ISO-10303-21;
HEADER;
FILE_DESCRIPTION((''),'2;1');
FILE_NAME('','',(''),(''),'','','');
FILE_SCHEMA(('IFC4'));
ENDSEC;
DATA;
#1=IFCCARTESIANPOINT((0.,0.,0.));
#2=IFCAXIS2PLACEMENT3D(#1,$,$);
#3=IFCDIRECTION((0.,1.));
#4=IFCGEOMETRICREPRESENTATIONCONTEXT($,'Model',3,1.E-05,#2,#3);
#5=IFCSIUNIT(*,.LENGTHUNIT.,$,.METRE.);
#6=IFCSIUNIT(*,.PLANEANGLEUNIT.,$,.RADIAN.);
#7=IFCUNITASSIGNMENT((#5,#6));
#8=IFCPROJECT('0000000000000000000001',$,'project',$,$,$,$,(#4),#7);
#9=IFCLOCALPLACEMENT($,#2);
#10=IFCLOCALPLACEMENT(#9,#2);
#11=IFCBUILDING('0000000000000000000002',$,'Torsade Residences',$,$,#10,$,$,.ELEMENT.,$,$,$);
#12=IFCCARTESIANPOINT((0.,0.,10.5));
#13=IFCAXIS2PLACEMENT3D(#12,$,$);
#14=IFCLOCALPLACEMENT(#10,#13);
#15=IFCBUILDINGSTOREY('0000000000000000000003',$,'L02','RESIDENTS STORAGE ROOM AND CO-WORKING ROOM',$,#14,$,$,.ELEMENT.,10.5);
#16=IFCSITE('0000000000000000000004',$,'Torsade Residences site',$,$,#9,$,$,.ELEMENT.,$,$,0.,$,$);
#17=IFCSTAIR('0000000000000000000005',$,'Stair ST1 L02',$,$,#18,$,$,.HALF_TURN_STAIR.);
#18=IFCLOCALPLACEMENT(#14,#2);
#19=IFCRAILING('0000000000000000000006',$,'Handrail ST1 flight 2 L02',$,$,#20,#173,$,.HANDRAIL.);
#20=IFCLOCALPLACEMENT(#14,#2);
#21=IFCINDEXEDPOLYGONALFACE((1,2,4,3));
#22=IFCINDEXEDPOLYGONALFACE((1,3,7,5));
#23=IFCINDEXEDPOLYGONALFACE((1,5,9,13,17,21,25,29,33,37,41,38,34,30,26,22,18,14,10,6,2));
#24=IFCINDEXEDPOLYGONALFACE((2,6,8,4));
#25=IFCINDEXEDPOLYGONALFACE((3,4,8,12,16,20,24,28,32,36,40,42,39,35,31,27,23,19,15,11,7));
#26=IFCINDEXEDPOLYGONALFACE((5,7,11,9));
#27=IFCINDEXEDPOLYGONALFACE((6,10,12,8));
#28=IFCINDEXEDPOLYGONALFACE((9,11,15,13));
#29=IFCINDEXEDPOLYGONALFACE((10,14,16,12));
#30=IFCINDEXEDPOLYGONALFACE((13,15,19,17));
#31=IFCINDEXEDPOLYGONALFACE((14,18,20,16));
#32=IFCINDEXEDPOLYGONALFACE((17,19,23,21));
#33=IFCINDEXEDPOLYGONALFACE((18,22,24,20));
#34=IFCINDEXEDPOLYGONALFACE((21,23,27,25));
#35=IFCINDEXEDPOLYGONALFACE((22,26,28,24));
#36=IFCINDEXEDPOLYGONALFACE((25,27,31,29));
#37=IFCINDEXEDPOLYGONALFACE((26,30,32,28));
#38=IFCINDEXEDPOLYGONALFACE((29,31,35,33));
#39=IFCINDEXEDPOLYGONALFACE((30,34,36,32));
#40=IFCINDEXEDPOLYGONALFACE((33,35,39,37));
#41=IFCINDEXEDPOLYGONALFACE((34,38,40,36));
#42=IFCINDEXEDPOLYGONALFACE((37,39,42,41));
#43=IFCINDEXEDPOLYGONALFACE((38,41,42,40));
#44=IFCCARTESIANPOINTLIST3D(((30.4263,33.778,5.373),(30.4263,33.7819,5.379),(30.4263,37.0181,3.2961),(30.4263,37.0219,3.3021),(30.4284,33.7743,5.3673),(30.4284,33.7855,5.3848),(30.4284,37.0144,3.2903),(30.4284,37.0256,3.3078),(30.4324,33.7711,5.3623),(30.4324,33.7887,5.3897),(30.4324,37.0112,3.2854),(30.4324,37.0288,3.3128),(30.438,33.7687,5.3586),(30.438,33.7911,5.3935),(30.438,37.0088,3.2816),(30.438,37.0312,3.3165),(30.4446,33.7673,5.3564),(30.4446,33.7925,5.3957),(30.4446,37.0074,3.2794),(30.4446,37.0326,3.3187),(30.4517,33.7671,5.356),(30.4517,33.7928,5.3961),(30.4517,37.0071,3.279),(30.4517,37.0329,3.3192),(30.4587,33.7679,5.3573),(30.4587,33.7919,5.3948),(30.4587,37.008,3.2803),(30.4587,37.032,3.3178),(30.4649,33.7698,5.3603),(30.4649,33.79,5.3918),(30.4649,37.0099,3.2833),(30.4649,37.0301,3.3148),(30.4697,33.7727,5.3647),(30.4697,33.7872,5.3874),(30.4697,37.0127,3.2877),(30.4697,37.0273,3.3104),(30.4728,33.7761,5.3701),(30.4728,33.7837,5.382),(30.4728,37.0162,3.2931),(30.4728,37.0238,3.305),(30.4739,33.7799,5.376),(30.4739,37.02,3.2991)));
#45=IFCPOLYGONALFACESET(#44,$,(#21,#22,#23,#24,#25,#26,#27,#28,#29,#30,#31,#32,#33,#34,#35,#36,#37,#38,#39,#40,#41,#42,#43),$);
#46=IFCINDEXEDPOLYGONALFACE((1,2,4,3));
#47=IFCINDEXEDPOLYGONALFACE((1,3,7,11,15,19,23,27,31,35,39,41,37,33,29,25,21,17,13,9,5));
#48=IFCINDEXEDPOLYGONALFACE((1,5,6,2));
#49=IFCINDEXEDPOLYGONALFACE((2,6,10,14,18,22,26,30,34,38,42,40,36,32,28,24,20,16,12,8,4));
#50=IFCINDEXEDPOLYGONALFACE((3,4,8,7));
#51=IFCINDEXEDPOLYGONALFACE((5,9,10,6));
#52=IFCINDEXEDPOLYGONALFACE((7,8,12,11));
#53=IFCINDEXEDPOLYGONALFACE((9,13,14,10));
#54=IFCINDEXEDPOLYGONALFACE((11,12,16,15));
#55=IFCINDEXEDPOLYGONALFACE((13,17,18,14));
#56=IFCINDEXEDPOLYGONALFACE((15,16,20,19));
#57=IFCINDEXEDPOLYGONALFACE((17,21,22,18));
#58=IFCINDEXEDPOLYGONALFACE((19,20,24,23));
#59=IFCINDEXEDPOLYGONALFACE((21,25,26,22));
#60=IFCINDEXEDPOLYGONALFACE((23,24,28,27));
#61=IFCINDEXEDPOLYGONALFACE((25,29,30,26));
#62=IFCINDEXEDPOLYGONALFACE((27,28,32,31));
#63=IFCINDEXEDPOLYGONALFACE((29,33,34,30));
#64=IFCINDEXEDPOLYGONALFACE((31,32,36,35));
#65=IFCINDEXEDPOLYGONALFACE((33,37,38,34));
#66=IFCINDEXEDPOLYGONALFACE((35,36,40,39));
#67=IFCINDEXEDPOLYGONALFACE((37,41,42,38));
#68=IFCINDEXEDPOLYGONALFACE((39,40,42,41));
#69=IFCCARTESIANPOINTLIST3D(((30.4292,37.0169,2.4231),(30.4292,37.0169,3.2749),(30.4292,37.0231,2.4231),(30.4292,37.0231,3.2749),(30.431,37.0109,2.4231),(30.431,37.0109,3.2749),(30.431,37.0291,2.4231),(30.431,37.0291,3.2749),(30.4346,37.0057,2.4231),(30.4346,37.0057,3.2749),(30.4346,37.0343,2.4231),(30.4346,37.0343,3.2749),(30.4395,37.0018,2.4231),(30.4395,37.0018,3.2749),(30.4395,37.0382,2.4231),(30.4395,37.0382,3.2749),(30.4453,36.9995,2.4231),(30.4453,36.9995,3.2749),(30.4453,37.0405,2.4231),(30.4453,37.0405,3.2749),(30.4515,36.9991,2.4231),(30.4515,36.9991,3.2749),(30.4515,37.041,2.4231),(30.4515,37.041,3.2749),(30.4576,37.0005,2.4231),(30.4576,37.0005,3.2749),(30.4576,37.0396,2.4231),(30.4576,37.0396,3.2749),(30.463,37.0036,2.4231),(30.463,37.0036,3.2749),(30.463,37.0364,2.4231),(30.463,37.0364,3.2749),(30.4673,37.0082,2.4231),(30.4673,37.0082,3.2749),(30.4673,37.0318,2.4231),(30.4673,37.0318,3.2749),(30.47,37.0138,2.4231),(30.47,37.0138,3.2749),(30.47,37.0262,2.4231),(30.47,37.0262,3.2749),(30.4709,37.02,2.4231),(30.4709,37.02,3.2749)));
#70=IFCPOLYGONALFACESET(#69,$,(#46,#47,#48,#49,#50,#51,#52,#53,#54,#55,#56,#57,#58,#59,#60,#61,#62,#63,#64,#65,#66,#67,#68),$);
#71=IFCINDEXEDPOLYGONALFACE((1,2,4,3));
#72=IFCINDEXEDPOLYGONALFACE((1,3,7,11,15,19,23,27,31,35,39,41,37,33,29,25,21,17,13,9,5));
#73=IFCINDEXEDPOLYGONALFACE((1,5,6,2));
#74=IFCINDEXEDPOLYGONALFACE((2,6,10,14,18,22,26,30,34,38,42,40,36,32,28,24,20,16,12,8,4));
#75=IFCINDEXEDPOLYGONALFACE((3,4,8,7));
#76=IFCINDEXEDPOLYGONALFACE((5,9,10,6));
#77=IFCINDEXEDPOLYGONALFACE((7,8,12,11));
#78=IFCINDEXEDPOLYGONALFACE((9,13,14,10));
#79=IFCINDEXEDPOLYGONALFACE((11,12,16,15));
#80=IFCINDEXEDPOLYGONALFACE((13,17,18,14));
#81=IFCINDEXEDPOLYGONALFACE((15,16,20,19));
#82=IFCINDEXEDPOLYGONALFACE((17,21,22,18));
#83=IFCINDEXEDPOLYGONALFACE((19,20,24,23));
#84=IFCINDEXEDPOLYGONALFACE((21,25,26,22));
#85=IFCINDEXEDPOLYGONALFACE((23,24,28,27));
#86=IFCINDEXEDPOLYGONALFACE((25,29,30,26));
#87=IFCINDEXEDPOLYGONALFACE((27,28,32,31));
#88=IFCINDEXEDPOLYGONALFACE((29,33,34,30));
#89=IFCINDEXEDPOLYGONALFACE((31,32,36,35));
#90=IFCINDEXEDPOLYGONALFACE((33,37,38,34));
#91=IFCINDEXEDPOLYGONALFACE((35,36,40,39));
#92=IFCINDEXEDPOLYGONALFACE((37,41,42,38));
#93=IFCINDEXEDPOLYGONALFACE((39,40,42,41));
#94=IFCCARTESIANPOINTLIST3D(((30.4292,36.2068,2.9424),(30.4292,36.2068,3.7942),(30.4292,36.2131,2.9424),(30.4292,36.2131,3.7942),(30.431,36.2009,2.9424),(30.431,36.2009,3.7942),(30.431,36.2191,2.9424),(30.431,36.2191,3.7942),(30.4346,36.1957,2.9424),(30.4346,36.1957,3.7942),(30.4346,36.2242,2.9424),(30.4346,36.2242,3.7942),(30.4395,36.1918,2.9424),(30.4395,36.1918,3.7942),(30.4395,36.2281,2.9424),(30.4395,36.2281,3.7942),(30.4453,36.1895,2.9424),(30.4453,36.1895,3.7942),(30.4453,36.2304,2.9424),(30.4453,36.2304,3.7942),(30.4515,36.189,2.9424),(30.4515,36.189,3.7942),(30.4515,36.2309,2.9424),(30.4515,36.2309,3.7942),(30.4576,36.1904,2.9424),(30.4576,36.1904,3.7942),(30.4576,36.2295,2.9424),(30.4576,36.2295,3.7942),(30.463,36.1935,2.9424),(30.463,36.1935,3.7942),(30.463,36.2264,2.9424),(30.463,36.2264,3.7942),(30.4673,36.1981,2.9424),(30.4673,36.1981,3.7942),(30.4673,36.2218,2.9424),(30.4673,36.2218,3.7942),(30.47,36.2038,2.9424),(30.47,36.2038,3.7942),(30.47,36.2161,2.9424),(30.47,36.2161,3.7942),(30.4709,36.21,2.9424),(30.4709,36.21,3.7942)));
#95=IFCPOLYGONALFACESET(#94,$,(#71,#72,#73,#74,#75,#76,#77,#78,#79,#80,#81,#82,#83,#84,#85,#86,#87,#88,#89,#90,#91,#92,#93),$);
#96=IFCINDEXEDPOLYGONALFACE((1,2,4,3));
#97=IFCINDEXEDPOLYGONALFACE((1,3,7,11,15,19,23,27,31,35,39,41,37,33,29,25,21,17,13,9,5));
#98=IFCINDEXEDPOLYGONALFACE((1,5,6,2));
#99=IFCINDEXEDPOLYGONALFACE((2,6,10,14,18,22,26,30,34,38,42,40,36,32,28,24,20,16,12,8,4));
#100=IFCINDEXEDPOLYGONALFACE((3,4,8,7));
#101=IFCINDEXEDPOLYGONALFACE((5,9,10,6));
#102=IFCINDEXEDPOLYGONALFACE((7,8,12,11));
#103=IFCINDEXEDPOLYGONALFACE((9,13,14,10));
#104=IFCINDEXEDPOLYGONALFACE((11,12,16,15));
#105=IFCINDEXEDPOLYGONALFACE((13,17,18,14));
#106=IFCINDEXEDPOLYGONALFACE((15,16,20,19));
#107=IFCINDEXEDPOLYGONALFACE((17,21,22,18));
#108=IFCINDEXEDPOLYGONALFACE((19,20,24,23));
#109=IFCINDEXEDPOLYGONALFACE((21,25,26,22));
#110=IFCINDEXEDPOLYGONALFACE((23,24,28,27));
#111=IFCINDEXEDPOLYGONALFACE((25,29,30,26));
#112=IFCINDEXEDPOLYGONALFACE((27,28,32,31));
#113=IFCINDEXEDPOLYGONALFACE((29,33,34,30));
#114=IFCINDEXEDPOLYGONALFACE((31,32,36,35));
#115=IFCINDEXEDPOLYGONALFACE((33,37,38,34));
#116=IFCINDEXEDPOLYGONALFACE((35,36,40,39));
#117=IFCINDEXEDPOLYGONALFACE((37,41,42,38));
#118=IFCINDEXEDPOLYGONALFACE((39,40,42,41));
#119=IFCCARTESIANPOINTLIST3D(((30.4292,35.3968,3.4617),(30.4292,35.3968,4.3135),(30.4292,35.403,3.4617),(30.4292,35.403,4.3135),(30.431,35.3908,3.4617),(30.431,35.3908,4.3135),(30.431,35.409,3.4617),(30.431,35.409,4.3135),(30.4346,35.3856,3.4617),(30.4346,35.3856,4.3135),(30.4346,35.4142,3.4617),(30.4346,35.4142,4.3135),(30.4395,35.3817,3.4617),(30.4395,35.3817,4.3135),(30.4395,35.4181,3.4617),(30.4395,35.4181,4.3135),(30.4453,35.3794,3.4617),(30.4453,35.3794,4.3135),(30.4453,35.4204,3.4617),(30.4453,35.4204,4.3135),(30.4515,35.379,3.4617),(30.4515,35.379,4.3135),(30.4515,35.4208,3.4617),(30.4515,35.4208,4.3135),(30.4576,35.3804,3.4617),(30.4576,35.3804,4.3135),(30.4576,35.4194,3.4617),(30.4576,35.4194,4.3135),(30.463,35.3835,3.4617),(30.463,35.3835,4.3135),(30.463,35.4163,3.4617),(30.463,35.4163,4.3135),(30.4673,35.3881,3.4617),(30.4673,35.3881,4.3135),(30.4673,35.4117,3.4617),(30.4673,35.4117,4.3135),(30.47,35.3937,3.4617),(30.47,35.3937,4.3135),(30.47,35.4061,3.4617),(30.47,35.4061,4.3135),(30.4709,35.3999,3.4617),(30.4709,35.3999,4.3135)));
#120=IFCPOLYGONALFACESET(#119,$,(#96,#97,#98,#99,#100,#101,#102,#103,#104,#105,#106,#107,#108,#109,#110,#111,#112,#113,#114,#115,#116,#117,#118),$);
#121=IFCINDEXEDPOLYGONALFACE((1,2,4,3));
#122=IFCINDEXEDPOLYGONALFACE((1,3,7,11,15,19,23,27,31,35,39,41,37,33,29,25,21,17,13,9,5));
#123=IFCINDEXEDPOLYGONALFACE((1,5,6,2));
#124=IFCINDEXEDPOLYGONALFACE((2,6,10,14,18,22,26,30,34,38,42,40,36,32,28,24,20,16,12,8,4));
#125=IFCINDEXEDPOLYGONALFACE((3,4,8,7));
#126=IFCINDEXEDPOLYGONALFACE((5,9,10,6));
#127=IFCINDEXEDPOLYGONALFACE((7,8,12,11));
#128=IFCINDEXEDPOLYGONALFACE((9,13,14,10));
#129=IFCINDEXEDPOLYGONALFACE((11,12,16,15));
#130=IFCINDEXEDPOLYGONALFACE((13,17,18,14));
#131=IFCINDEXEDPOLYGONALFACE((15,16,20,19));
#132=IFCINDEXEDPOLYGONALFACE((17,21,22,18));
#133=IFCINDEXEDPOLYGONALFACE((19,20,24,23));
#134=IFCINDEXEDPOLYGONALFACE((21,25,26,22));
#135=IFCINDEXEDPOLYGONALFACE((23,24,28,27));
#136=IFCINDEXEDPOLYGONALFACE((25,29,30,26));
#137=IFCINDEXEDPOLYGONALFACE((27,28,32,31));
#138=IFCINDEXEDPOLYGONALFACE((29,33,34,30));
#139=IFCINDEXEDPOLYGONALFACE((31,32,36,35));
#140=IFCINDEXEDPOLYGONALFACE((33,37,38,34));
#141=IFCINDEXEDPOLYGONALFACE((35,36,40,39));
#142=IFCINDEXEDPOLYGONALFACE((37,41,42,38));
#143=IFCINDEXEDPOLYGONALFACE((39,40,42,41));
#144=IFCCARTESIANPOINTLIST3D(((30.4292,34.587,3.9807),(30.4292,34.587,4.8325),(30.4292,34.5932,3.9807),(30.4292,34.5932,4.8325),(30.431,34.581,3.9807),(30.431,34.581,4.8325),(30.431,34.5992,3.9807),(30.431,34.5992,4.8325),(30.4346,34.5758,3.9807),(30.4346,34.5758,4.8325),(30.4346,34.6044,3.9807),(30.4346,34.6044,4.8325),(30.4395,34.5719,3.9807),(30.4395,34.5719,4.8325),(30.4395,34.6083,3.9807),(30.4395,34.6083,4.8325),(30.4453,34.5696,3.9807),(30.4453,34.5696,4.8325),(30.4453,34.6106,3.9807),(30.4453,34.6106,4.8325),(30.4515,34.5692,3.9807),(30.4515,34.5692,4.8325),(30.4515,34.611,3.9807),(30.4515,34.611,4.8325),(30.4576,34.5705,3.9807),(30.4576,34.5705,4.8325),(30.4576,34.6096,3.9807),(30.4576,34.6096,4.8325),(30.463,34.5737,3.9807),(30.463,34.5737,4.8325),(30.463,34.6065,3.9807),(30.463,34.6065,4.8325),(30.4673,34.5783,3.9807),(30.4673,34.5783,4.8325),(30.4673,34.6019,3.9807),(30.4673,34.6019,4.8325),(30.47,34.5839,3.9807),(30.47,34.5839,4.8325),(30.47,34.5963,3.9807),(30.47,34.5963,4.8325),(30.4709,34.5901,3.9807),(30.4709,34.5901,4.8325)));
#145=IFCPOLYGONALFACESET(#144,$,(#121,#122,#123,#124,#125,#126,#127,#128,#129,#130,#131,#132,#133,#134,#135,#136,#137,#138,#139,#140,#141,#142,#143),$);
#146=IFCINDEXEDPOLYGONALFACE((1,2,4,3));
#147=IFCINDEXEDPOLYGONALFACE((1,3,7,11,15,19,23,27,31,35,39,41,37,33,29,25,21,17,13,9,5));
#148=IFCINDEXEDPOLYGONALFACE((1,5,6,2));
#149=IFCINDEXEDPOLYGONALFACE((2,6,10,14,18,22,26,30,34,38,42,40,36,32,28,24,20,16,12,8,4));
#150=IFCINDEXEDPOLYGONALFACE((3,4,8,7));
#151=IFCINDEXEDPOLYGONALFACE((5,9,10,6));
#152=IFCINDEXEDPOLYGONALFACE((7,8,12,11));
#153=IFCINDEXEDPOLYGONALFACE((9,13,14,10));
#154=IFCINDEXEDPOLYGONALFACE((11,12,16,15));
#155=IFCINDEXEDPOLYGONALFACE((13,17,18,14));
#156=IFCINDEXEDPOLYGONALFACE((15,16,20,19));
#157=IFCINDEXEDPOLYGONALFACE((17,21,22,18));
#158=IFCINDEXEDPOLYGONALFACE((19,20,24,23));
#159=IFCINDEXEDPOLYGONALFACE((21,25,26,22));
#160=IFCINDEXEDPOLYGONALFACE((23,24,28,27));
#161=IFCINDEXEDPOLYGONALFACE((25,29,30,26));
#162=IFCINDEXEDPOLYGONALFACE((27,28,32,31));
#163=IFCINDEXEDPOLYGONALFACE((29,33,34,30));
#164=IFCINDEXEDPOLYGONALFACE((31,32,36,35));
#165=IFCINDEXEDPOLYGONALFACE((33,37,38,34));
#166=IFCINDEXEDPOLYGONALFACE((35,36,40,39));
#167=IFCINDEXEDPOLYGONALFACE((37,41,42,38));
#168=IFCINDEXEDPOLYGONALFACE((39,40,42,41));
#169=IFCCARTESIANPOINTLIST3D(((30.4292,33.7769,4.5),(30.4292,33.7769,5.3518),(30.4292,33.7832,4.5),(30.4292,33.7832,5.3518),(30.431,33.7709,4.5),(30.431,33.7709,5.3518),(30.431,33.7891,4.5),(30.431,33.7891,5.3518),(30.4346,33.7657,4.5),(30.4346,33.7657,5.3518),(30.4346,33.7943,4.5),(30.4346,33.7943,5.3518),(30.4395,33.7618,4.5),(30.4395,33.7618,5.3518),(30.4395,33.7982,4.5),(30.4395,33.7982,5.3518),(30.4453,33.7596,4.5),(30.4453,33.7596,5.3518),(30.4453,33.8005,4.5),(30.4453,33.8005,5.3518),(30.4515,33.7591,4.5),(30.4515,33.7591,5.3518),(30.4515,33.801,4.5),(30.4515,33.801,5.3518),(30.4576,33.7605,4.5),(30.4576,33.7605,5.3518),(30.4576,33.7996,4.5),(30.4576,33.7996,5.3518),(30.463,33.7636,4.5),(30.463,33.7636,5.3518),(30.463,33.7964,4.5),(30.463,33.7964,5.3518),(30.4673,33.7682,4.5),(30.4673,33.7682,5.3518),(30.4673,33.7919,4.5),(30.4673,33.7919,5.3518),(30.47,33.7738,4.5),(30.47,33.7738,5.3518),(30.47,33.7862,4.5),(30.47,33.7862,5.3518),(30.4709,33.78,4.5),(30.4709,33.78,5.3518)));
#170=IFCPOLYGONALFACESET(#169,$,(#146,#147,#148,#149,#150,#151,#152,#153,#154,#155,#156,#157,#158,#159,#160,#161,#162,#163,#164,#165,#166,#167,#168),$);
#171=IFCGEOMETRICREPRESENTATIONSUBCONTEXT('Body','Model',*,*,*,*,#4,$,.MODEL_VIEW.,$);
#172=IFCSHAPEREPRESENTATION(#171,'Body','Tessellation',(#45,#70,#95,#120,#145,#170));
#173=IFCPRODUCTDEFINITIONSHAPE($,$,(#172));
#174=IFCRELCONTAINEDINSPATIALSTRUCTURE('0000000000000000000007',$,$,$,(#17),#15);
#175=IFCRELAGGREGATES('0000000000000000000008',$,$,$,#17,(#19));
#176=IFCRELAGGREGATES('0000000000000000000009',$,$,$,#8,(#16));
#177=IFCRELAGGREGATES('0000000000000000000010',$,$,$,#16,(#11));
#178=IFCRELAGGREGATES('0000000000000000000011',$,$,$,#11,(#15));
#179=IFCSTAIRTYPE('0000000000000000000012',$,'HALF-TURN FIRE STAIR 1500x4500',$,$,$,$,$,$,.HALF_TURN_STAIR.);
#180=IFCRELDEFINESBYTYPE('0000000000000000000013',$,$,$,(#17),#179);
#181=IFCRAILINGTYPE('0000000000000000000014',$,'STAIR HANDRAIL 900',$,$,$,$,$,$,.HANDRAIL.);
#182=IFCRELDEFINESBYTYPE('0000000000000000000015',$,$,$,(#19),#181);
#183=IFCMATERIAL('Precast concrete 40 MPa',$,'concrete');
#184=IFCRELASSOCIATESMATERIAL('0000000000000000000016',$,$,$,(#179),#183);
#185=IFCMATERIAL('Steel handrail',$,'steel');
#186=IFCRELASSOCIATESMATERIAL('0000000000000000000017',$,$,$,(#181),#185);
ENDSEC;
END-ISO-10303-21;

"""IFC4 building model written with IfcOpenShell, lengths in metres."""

from ifc_helpers import new_model, si_unit, direction, frame, origin, origin_2d, place, context, subcontext, project, spatial, circle, extrude, material, type_object, element, aggregate, save


model = new_model("IFC4")

# Units and contexts
model_context = context("Model", 3, precision=1e-05, world=origin(), true_north=direction((0.0, 1.0)))
body_context = subcontext(model_context, "Body", "Model", "MODEL_VIEW")
ifc_project = project(units=[si_unit("LENGTHUNIT", "METRE"), si_unit("PLANEANGLEUNIT", "RADIAN")], contexts=[model_context])

# Site, building, storey
site_placement = place(None, origin())
site = spatial("IfcSite", under=ifc_project, at=site_placement, Name="Torsade Residences site", CompositionType="ELEMENT", RefElevation=0.0)
building_placement = place(site_placement, origin())
building = spatial("IfcBuilding", under=site, at=building_placement, Name="Torsade Residences", CompositionType="ELEMENT")
storey_placement = place(building_placement, frame((0.0, 0.0, 10.5)))
storey = spatial("IfcBuildingStorey", under=building, at=storey_placement, Name="L02", Description="RESIDENTS STORAGE ROOM AND CO-WORKING ROOM", CompositionType="ELEMENT", Elevation=10.5)

# Stair, railing
ifc_material_1 = material(Name="Precast concrete 40 MPa", Category="concrete")
stair_type = type_object("IfcStairType", Name="HALF-TURN FIRE STAIR 1500x4500", PredefinedType="HALF_TURN_STAIR", material=ifc_material_1)
stair_placement = place(storey_placement, origin())
stair = element("IfcStair", 1, at=stair_placement, inside=storey, type_object=stair_type, Name="Stair ST1 L02", PredefinedType="HALF_TURN_STAIR")
ifc_material_2 = material(Name="Steel handrail", Category="steel")
railing_type = type_object("IfcRailingType", Name="STAIR HANDRAIL 900", PredefinedType="HANDRAIL", material=ifc_material_2)
railing_1_placement = place(storey_placement, frame((30.45, 37.02, 2.4231)))
railing_1 = element("IfcRailing", 2, at=railing_1_placement, type_object=railing_type, Name="Handrail ST1 flight 2 L02", PredefinedType="HANDRAIL", context=body_context, shape_type="SweptSolid", body=[
    extrude(circle(Radius=0.0239, at=origin_2d()), frame((0.0, 0.0, 0.876), z_axis=(0.0, -0.841881, 0.539664), x_axis=(1.0, 0.0, 0.0)), (0.0, 0.0, 1.0), 3.8486),
    extrude(circle(Radius=0.021, at=origin_2d()), origin(), (0.0, 0.0, 1.0), 0.8518),
    extrude(circle(Radius=0.021, at=origin_2d()), frame((0.0, -0.8101, 0.5193)), (0.0, 0.0, 1.0), 0.8518),
    extrude(circle(Radius=0.021, at=origin_2d()), frame((0.0, -1.6201, 1.0386)), (0.0, 0.0, 1.0), 0.8518),
    extrude(circle(Radius=0.021, at=origin_2d()), frame((0.0, -2.4299, 1.5576)), (0.0, 0.0, 1.0), 0.8518),
    extrude(circle(Radius=0.021, at=origin_2d()), frame((0.0, -3.24, 2.0769)), (0.0, 0.0, 1.0), 0.8518),
])
aggregate(stair, [railing_1])

save(model, "model.ifc")
